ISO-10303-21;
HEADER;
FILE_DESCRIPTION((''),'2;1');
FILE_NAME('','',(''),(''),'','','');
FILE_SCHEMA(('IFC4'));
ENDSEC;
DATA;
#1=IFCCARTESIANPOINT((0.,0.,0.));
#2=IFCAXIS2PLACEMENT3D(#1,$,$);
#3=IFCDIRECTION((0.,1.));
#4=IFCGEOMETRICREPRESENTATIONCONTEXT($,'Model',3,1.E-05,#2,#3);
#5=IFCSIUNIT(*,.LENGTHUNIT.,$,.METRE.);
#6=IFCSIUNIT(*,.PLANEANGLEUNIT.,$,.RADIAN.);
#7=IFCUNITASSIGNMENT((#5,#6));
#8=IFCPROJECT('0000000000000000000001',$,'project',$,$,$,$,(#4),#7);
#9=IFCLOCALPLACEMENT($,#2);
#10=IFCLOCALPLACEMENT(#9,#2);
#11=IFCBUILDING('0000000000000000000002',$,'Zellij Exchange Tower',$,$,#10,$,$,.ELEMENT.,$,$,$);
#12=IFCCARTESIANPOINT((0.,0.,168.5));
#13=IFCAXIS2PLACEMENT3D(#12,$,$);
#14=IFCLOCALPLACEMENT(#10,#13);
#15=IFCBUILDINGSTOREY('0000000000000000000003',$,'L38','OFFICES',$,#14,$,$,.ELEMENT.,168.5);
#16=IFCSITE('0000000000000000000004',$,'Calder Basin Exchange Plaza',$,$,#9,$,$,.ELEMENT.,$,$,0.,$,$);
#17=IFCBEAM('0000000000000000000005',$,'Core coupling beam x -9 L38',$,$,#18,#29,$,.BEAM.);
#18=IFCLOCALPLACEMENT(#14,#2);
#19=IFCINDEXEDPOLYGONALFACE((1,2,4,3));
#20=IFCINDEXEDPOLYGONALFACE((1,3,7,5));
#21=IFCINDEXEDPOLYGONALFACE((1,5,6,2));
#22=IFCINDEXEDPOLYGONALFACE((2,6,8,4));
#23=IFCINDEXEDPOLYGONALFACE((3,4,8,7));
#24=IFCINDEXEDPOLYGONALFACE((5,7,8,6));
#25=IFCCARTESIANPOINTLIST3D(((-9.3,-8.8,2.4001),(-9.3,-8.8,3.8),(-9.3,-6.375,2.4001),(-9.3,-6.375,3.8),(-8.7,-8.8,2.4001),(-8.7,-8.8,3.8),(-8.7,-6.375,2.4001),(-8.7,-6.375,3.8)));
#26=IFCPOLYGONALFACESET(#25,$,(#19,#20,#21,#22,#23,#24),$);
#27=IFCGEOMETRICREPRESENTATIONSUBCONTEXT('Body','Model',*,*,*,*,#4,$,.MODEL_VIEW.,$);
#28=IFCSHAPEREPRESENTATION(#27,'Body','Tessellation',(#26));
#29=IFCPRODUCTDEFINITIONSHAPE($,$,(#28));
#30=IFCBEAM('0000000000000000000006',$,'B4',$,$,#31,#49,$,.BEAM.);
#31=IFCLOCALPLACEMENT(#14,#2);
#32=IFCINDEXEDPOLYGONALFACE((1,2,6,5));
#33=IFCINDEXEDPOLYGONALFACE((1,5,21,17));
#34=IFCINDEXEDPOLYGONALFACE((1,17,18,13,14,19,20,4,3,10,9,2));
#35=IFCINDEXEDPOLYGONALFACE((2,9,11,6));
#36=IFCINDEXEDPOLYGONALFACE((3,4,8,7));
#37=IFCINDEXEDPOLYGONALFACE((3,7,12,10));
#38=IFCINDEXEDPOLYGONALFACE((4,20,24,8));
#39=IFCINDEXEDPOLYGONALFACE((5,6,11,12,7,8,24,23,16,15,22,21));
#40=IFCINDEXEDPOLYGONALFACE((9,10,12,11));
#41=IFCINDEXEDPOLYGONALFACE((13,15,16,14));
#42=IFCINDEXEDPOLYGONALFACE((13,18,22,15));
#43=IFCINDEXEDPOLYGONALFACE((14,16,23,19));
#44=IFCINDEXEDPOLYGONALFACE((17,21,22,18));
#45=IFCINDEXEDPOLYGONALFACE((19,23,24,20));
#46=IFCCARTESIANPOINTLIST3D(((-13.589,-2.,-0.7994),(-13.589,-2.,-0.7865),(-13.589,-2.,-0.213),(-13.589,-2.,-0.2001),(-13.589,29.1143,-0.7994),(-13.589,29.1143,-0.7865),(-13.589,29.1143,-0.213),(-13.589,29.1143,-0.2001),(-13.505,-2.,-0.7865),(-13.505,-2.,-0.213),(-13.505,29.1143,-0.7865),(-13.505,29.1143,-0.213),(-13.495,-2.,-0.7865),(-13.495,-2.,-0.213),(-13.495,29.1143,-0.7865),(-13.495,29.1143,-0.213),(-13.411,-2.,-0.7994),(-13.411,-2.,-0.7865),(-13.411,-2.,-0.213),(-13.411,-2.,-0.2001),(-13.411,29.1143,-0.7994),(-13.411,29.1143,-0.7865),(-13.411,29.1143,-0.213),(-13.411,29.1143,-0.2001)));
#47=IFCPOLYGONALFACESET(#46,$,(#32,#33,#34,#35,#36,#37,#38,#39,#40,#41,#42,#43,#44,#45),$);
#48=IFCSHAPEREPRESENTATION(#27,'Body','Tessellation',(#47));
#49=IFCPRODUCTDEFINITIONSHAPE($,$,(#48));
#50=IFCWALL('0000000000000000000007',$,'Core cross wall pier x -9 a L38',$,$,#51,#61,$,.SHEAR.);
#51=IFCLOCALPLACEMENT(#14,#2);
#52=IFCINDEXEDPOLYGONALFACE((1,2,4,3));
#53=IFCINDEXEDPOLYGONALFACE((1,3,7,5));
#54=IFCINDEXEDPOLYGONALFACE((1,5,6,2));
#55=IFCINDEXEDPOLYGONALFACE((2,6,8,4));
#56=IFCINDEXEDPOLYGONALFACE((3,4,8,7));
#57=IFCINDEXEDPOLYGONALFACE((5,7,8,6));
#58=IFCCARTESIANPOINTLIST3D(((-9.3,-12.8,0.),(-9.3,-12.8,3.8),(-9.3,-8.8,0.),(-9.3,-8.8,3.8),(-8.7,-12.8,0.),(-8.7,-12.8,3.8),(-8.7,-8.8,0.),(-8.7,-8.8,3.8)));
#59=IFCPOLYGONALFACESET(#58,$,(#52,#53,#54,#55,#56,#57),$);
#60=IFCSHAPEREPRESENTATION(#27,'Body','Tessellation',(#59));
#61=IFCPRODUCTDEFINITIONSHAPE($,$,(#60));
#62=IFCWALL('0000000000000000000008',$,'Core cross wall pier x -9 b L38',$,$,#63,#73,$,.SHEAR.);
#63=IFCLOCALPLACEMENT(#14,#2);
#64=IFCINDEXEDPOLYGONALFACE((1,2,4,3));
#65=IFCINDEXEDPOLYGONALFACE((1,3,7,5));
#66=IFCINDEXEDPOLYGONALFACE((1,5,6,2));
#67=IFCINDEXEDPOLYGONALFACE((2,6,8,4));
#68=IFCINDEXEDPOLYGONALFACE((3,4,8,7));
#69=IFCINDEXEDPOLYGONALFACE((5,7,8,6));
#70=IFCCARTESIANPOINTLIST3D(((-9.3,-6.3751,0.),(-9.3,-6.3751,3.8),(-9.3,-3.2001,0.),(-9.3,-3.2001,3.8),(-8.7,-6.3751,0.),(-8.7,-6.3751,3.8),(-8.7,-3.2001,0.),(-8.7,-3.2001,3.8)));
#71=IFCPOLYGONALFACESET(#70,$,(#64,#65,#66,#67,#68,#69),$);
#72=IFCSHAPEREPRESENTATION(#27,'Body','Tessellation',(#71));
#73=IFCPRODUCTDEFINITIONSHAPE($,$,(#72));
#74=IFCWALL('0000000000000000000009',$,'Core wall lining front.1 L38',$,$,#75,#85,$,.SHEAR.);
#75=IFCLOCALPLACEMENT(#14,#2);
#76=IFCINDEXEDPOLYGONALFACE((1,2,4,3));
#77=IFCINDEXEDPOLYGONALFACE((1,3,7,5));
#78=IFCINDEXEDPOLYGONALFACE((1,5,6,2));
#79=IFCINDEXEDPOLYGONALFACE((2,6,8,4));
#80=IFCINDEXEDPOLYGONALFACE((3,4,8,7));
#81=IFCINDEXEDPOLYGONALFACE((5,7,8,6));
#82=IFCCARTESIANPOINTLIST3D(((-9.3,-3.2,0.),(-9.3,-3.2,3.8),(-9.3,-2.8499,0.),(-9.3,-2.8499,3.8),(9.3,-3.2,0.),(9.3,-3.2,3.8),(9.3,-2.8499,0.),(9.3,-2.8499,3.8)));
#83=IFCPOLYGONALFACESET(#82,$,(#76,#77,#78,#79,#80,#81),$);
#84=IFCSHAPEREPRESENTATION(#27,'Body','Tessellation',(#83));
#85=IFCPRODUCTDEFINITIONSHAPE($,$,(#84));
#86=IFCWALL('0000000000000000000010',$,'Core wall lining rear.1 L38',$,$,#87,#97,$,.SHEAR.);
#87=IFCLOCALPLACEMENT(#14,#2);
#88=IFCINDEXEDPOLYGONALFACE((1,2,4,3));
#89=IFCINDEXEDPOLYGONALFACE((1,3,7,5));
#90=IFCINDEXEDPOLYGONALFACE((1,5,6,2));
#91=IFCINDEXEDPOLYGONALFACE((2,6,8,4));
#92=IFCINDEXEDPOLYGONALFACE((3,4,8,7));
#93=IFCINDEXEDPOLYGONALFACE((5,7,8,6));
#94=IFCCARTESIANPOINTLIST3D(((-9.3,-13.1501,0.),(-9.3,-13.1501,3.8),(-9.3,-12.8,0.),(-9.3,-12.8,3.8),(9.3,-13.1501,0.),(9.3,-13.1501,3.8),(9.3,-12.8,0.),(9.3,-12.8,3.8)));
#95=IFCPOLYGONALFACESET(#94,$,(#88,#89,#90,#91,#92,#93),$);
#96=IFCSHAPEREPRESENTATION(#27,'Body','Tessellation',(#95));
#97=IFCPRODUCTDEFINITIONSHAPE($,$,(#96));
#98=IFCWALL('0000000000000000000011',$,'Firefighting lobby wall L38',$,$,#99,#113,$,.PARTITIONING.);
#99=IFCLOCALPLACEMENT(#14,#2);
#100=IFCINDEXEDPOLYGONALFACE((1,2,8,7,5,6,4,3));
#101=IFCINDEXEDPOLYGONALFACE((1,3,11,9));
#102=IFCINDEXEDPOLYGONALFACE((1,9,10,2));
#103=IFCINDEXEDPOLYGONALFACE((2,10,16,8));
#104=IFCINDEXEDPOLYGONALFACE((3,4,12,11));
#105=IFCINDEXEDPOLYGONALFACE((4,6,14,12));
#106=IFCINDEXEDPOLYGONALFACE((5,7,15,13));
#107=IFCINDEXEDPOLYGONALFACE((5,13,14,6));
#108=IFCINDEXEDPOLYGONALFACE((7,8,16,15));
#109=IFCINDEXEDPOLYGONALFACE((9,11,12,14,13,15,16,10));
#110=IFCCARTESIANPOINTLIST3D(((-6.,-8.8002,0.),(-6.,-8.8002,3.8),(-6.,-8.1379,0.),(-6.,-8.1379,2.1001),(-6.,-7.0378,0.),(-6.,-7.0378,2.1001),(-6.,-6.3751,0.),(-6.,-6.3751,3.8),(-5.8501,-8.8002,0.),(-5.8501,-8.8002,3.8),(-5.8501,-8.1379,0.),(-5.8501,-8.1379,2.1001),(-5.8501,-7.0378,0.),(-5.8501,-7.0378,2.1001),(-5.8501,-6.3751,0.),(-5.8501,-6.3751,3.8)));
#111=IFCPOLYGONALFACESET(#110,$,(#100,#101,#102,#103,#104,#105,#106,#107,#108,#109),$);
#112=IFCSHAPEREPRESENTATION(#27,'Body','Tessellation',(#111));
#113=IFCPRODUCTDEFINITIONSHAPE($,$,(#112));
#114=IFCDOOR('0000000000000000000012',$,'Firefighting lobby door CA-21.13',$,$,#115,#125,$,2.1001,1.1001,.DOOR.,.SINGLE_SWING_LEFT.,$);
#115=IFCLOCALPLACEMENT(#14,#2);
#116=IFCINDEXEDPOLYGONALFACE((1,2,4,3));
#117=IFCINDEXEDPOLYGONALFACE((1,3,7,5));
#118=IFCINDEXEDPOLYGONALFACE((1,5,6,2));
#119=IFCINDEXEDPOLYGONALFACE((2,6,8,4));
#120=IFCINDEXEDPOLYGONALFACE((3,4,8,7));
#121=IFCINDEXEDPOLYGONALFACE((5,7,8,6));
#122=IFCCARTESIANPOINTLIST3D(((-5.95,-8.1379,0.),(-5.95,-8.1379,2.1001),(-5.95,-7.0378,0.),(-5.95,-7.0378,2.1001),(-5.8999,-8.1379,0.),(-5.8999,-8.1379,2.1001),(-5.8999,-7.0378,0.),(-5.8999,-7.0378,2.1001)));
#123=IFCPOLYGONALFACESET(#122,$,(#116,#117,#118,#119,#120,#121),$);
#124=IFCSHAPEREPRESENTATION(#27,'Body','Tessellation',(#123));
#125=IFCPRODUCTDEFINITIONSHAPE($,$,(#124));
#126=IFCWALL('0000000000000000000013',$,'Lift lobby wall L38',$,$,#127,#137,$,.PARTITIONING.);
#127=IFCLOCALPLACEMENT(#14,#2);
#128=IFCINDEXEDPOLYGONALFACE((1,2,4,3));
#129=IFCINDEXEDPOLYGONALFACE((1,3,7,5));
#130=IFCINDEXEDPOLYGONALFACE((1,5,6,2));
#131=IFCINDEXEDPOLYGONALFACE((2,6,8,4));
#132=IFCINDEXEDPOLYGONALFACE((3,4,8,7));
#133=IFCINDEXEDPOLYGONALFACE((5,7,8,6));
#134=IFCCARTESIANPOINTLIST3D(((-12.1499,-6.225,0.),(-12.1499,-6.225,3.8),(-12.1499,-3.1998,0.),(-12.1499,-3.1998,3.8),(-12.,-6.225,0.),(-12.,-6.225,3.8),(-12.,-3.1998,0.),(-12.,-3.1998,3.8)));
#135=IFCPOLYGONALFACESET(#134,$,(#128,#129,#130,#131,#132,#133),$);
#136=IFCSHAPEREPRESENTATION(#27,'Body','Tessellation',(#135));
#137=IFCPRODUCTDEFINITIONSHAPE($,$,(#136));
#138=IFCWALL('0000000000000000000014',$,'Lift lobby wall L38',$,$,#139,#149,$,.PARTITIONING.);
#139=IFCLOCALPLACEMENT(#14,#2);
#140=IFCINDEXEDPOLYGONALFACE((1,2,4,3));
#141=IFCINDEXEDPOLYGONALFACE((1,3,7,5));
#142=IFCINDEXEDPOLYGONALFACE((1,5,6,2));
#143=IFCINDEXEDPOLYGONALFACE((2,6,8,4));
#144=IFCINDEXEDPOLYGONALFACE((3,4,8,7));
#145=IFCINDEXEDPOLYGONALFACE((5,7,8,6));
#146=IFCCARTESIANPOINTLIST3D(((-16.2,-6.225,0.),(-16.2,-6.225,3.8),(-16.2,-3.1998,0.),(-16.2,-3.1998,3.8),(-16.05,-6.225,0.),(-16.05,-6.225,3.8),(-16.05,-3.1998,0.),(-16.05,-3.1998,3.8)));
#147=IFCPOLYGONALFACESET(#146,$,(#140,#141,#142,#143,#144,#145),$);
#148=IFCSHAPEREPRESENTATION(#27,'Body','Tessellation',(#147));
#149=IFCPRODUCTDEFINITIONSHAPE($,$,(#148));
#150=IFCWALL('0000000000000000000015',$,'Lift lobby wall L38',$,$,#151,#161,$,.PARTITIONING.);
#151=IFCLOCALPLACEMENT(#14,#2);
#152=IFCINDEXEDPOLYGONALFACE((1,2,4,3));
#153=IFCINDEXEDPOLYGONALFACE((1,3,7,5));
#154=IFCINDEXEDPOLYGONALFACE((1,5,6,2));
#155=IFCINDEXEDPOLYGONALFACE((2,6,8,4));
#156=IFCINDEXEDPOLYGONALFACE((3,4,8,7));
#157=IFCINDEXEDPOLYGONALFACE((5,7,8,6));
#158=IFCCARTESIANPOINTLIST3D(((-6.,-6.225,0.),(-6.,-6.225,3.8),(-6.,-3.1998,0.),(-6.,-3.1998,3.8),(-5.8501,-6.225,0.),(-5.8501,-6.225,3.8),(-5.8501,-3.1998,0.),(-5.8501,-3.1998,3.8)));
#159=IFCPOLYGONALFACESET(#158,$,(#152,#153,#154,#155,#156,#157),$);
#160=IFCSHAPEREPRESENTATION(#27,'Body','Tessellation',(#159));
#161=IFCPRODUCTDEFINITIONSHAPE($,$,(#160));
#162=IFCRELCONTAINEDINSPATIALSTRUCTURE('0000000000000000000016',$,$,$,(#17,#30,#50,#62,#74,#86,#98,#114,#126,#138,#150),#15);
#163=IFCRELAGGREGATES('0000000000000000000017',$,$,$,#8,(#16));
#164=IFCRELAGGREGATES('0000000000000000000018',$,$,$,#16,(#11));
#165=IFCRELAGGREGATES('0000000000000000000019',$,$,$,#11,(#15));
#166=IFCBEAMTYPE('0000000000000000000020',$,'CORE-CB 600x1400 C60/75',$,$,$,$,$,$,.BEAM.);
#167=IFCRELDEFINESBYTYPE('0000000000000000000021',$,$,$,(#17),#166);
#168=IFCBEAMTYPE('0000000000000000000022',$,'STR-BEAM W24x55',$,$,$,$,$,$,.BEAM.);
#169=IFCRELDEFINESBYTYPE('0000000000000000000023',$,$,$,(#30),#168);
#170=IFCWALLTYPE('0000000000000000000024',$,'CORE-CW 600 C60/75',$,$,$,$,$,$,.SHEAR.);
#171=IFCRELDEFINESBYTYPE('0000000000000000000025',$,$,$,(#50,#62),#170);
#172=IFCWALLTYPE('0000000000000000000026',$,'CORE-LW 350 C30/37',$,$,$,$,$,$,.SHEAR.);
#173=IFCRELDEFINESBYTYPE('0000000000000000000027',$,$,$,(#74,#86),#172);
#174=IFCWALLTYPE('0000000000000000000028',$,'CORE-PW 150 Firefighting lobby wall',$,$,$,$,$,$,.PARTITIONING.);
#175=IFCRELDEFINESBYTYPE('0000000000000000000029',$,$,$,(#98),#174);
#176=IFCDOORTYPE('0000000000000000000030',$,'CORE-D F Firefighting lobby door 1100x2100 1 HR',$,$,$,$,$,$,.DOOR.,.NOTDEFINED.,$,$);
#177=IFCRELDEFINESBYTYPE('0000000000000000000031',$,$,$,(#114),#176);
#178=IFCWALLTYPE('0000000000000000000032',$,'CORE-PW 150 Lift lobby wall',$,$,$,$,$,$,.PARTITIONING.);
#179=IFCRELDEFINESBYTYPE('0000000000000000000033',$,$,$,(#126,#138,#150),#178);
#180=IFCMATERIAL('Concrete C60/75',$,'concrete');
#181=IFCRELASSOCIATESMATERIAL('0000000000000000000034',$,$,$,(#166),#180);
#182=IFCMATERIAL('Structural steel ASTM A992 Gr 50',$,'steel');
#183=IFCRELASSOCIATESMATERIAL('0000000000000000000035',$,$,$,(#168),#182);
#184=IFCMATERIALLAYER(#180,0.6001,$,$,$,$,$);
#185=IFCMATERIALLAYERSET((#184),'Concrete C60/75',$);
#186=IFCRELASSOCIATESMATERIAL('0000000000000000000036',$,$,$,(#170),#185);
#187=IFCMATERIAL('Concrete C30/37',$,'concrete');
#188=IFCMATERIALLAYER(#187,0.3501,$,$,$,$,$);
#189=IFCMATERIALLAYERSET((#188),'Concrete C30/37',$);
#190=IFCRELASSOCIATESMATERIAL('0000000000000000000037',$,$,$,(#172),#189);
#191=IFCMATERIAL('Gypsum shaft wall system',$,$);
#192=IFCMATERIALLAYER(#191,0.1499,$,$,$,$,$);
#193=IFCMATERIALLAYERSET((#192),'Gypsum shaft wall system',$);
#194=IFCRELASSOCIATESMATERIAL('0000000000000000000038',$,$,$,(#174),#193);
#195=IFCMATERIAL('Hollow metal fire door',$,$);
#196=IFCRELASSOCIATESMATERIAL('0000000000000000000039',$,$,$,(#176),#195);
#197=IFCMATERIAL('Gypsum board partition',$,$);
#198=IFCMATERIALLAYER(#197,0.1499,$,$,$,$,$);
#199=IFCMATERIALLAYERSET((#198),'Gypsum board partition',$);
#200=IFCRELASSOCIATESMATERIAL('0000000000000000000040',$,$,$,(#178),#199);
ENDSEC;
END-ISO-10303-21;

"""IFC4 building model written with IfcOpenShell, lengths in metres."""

from ifc_helpers import new_model, si_unit, direction, frame, frame_2d, origin, origin_2d, place, context, subcontext, project, spatial, rectangle, i_section, extrude, material, layer, layer_set, material_profile, profile_set, type_object, element, fill, save


model = new_model("IFC4")

# Units and contexts
model_context = context("Model", 3, precision=1e-05, world=origin(), true_north=direction((0.0, 1.0)))
body_context = subcontext(model_context, "Body", "Model", "MODEL_VIEW")
ifc_project = project(units=[si_unit("LENGTHUNIT", "METRE"), si_unit("PLANEANGLEUNIT", "RADIAN")], contexts=[model_context])

# Site, building, storey
site_placement = place(None, origin())
site = spatial("IfcSite", under=ifc_project, at=site_placement, Name="Calder Basin Exchange Plaza", CompositionType="ELEMENT", RefElevation=0.0)
building_placement = place(site_placement, origin())
building = spatial("IfcBuilding", under=site, at=building_placement, Name="Zellij Exchange Tower", CompositionType="ELEMENT")
storey_placement = place(building_placement, frame((0.0, 0.0, 168.5)))
storey = spatial("IfcBuildingStorey", under=building, at=storey_placement, Name="L38", Description="OFFICES", CompositionType="ELEMENT", Elevation=168.5)

# Beams
ifc_material_1 = material(Name="Concrete C60/75", Category="concrete")
ifc_material_profile_1 = material_profile(ifc_material_1, rectangle(XDim=0.6001, YDim=1.3999, at=origin_2d()), Name="CORE-CB 600x1400 C60/75")
ifc_profile_set_1 = profile_set([ifc_material_profile_1], Name="Concrete C60/75")
beam_type_1 = type_object("IfcBeamType", Name="CORE-CB 600x1400 C60/75", PredefinedType="BEAM", material=ifc_profile_set_1)
beam_1_placement = place(storey_placement, frame((-9.0, -8.8, 3.1001), z_axis=(0.0, 1.0, 0.0), x_axis=(-1.0, 0.0, 0.0)))
element("IfcBeam", 1, at=beam_1_placement, inside=storey, type_object=beam_type_1, Name="Core coupling beam x -9 L38", PredefinedType="BEAM", context=body_context, shape_type="SweptSolid", body=[
    extrude(rectangle(XDim=0.6001, YDim=1.3999, at=origin_2d()), origin(), (0.0, 0.0, 1.0), 2.425),
])
ifc_material_2 = material(Name="Structural steel ASTM A992 Gr 50", Category="steel")
ifc_material_profile_2 = material_profile(ifc_material_2, i_section(OverallWidth=0.178, OverallDepth=0.5994, WebThickness=0.01, FlangeThickness=0.0129, at=origin_2d()), Name="W24x55")
ifc_profile_set_2 = profile_set([ifc_material_profile_2], Name="Structural steel ASTM A992 Gr 50")
beam_type_2 = type_object("IfcBeamType", Name="STR-BEAM W24x55", PredefinedType="BEAM", material=ifc_profile_set_2)
beam_2_placement = place(storey_placement, frame((-13.5, -2.0, -0.4998), z_axis=(0.0, 1.0, 0.0), x_axis=(-1.0, 0.0, 0.0)))
element("IfcBeam", 2, at=beam_2_placement, inside=storey, type_object=beam_type_2, Name="B4", PredefinedType="BEAM", context=body_context, shape_type="SweptSolid", body=[
    extrude(i_section(OverallWidth=0.178, OverallDepth=0.5994, WebThickness=0.01, FlangeThickness=0.0129, at=origin_2d()), origin(), (0.0, 0.0, 1.0), 31.1143),
])

# Walls
ifc_layer_1 = layer(ifc_material_1, 0.6001)
ifc_layer_set_1 = layer_set([ifc_layer_1], Name="Concrete C60/75")
wall_type_1 = type_object("IfcWallType", Name="CORE-CW 600 C60/75", PredefinedType="SHEAR", material=ifc_layer_set_1)
wall_1_placement = place(storey_placement, frame((-9.0, -12.8, 0.0), z_axis=(0.0, 0.0, 1.0), x_axis=(0.0, 1.0, 0.0)))
element("IfcWall", 3, at=wall_1_placement, inside=storey, type_object=wall_type_1, Name="Core cross wall pier x -9 a L38", PredefinedType="SHEAR", context=body_context, shape_type="SweptSolid", body=[
    extrude(rectangle(XDim=4.0, YDim=0.6001, at=frame_2d((2.0, 0.0))), origin(), (0.0, 0.0, 1.0), 3.8),
])
wall_2_placement = place(storey_placement, frame((-9.0, -6.375, 0.0), z_axis=(0.0, 0.0, 1.0), x_axis=(0.0, 1.0, 0.0)))
element("IfcWall", 4, at=wall_2_placement, inside=storey, type_object=wall_type_1, Name="Core cross wall pier x -9 b L38", PredefinedType="SHEAR", context=body_context, shape_type="SweptSolid", body=[
    extrude(rectangle(XDim=3.175, YDim=0.6001, at=frame_2d((1.5874, 0.0))), origin(), (0.0, 0.0, 1.0), 3.8),
])
ifc_material_3 = material(Name="Concrete C30/37", Category="concrete")
ifc_layer_2 = layer(ifc_material_3, 0.3501)
ifc_layer_set_2 = layer_set([ifc_layer_2], Name="Concrete C30/37")
wall_type_2 = type_object("IfcWallType", Name="CORE-LW 350 C30/37", PredefinedType="SHEAR", material=ifc_layer_set_2)
for number, where, z_axis, x_axis, name in (
    (5, (-9.3, -3.0249, 0.0), (0.0, 0.0, 1.0), (1.0, 0.0, 0.0), "Core wall lining front.1 L38"),
    (6, (-9.3, -12.9751, 0.0), (0.0, 0.0, 1.0), (1.0, 0.0, 0.0), "Core wall lining rear.1 L38"),
):
    element("IfcWall", number, at=place(storey_placement, frame(where, z_axis=z_axis, x_axis=x_axis)), inside=storey, type_object=wall_type_2, Name=name, PredefinedType="SHEAR", context=body_context, shape_type="SweptSolid", body=[
        extrude(rectangle(XDim=18.6001, YDim=0.3501, at=frame_2d((9.3, 0.0))), origin(), (0.0, 0.0, 1.0), 3.8),
    ])

# Wall, opening, door
ifc_material_4 = material(Name="Gypsum shaft wall system")
ifc_layer_3 = layer(ifc_material_4, 0.1499)
ifc_layer_set_3 = layer_set([ifc_layer_3], Name="Gypsum shaft wall system")
wall_type_3 = type_object("IfcWallType", Name="CORE-PW 150 Firefighting lobby wall", PredefinedType="PARTITIONING", material=ifc_layer_set_3)
wall_3_placement = place(storey_placement, frame((-5.925, -8.8, 0.0), z_axis=(0.0, 0.0, 1.0), x_axis=(0.0, 1.0, 0.0)))
wall_3 = element("IfcWall", 7, at=wall_3_placement, inside=storey, type_object=wall_type_3, Name="Firefighting lobby wall L38", PredefinedType="PARTITIONING", context=body_context, shape_type="SweptSolid", body=[
    extrude(rectangle(XDim=2.425, YDim=0.1499, at=frame_2d((1.2124, 0.0))), origin(), (0.0, 0.0, 1.0), 3.8),
])
opening_1_placement = place(wall_3_placement, frame((0.6621, 0.0, 0.0)))
opening_1 = element("IfcOpeningElement", 8, at=opening_1_placement, cuts=wall_3, PredefinedType="OPENING", context=body_context, shape_type="SweptSolid", body=[
    extrude(rectangle(XDim=1.1001, YDim=2.1001, at=frame_2d((0.55, 1.05))), frame((0.0, 0.0869, 0.0), z_axis=(0.0, -1.0, 0.0), x_axis=(1.0, 0.0, 0.0)), (0.0, 0.0, 1.0), 0.1738),
])
ifc_material_5 = material(Name="Hollow metal fire door")
door_type_1 = type_object("IfcDoorType", Name="CORE-D F Firefighting lobby door 1100x2100 1 HR", OperationType="NOTDEFINED", PredefinedType="DOOR", material=ifc_material_5)
door_1_placement = place(opening_1_placement, origin())
door_1 = element("IfcDoor", 9, at=door_1_placement, inside=storey, type_object=door_type_1, Name="Firefighting lobby door CA-21.13", OperationType="SINGLE_SWING_LEFT", OverallHeight=2.1001, OverallWidth=1.1001, PredefinedType="DOOR", context=body_context, shape_type="SweptSolid", body=[
    extrude(rectangle(XDim=1.1001, YDim=2.1001, at=frame_2d((0.55, 1.05))), frame((0.0, 0.0249, 0.0), z_axis=(0.0, -1.0, 0.0), x_axis=(1.0, 0.0, 0.0)), (0.0, 0.0, 1.0), 0.05),
])
fill(opening_1, door_1)

# Walls
ifc_material_6 = material(Name="Gypsum board partition")
ifc_layer_4 = layer(ifc_material_6, 0.1499)
ifc_layer_set_4 = layer_set([ifc_layer_4], Name="Gypsum board partition")
wall_type_4 = type_object("IfcWallType", Name="CORE-PW 150 Lift lobby wall", PredefinedType="PARTITIONING", material=ifc_layer_set_4)
for number, where, z_axis, x_axis, name in (
    (10, (-12.075, -6.2251, 0.0), (0.0, 0.0, 1.0), (0.0, 1.0, 0.0), "Lift lobby wall L38"),
    (11, (-16.125, -6.2251, 0.0), (0.0, 0.0, 1.0), (0.0, 1.0, 0.0), "Lift lobby wall L38"),
    (12, (-5.925, -6.2251, 0.0), (0.0, 0.0, 1.0), (0.0, 1.0, 0.0), "Lift lobby wall L38"),
):
    element("IfcWall", number, at=place(storey_placement, frame(where, z_axis=z_axis, x_axis=x_axis)), inside=storey, type_object=wall_type_4, Name=name, PredefinedType="PARTITIONING", context=body_context, shape_type="SweptSolid", body=[
        extrude(rectangle(XDim=3.0251, YDim=0.1499, at=frame_2d((1.5127, 0.0))), origin(), (0.0, 0.0, 1.0), 3.8),
    ])

save(model, "model.ifc")
